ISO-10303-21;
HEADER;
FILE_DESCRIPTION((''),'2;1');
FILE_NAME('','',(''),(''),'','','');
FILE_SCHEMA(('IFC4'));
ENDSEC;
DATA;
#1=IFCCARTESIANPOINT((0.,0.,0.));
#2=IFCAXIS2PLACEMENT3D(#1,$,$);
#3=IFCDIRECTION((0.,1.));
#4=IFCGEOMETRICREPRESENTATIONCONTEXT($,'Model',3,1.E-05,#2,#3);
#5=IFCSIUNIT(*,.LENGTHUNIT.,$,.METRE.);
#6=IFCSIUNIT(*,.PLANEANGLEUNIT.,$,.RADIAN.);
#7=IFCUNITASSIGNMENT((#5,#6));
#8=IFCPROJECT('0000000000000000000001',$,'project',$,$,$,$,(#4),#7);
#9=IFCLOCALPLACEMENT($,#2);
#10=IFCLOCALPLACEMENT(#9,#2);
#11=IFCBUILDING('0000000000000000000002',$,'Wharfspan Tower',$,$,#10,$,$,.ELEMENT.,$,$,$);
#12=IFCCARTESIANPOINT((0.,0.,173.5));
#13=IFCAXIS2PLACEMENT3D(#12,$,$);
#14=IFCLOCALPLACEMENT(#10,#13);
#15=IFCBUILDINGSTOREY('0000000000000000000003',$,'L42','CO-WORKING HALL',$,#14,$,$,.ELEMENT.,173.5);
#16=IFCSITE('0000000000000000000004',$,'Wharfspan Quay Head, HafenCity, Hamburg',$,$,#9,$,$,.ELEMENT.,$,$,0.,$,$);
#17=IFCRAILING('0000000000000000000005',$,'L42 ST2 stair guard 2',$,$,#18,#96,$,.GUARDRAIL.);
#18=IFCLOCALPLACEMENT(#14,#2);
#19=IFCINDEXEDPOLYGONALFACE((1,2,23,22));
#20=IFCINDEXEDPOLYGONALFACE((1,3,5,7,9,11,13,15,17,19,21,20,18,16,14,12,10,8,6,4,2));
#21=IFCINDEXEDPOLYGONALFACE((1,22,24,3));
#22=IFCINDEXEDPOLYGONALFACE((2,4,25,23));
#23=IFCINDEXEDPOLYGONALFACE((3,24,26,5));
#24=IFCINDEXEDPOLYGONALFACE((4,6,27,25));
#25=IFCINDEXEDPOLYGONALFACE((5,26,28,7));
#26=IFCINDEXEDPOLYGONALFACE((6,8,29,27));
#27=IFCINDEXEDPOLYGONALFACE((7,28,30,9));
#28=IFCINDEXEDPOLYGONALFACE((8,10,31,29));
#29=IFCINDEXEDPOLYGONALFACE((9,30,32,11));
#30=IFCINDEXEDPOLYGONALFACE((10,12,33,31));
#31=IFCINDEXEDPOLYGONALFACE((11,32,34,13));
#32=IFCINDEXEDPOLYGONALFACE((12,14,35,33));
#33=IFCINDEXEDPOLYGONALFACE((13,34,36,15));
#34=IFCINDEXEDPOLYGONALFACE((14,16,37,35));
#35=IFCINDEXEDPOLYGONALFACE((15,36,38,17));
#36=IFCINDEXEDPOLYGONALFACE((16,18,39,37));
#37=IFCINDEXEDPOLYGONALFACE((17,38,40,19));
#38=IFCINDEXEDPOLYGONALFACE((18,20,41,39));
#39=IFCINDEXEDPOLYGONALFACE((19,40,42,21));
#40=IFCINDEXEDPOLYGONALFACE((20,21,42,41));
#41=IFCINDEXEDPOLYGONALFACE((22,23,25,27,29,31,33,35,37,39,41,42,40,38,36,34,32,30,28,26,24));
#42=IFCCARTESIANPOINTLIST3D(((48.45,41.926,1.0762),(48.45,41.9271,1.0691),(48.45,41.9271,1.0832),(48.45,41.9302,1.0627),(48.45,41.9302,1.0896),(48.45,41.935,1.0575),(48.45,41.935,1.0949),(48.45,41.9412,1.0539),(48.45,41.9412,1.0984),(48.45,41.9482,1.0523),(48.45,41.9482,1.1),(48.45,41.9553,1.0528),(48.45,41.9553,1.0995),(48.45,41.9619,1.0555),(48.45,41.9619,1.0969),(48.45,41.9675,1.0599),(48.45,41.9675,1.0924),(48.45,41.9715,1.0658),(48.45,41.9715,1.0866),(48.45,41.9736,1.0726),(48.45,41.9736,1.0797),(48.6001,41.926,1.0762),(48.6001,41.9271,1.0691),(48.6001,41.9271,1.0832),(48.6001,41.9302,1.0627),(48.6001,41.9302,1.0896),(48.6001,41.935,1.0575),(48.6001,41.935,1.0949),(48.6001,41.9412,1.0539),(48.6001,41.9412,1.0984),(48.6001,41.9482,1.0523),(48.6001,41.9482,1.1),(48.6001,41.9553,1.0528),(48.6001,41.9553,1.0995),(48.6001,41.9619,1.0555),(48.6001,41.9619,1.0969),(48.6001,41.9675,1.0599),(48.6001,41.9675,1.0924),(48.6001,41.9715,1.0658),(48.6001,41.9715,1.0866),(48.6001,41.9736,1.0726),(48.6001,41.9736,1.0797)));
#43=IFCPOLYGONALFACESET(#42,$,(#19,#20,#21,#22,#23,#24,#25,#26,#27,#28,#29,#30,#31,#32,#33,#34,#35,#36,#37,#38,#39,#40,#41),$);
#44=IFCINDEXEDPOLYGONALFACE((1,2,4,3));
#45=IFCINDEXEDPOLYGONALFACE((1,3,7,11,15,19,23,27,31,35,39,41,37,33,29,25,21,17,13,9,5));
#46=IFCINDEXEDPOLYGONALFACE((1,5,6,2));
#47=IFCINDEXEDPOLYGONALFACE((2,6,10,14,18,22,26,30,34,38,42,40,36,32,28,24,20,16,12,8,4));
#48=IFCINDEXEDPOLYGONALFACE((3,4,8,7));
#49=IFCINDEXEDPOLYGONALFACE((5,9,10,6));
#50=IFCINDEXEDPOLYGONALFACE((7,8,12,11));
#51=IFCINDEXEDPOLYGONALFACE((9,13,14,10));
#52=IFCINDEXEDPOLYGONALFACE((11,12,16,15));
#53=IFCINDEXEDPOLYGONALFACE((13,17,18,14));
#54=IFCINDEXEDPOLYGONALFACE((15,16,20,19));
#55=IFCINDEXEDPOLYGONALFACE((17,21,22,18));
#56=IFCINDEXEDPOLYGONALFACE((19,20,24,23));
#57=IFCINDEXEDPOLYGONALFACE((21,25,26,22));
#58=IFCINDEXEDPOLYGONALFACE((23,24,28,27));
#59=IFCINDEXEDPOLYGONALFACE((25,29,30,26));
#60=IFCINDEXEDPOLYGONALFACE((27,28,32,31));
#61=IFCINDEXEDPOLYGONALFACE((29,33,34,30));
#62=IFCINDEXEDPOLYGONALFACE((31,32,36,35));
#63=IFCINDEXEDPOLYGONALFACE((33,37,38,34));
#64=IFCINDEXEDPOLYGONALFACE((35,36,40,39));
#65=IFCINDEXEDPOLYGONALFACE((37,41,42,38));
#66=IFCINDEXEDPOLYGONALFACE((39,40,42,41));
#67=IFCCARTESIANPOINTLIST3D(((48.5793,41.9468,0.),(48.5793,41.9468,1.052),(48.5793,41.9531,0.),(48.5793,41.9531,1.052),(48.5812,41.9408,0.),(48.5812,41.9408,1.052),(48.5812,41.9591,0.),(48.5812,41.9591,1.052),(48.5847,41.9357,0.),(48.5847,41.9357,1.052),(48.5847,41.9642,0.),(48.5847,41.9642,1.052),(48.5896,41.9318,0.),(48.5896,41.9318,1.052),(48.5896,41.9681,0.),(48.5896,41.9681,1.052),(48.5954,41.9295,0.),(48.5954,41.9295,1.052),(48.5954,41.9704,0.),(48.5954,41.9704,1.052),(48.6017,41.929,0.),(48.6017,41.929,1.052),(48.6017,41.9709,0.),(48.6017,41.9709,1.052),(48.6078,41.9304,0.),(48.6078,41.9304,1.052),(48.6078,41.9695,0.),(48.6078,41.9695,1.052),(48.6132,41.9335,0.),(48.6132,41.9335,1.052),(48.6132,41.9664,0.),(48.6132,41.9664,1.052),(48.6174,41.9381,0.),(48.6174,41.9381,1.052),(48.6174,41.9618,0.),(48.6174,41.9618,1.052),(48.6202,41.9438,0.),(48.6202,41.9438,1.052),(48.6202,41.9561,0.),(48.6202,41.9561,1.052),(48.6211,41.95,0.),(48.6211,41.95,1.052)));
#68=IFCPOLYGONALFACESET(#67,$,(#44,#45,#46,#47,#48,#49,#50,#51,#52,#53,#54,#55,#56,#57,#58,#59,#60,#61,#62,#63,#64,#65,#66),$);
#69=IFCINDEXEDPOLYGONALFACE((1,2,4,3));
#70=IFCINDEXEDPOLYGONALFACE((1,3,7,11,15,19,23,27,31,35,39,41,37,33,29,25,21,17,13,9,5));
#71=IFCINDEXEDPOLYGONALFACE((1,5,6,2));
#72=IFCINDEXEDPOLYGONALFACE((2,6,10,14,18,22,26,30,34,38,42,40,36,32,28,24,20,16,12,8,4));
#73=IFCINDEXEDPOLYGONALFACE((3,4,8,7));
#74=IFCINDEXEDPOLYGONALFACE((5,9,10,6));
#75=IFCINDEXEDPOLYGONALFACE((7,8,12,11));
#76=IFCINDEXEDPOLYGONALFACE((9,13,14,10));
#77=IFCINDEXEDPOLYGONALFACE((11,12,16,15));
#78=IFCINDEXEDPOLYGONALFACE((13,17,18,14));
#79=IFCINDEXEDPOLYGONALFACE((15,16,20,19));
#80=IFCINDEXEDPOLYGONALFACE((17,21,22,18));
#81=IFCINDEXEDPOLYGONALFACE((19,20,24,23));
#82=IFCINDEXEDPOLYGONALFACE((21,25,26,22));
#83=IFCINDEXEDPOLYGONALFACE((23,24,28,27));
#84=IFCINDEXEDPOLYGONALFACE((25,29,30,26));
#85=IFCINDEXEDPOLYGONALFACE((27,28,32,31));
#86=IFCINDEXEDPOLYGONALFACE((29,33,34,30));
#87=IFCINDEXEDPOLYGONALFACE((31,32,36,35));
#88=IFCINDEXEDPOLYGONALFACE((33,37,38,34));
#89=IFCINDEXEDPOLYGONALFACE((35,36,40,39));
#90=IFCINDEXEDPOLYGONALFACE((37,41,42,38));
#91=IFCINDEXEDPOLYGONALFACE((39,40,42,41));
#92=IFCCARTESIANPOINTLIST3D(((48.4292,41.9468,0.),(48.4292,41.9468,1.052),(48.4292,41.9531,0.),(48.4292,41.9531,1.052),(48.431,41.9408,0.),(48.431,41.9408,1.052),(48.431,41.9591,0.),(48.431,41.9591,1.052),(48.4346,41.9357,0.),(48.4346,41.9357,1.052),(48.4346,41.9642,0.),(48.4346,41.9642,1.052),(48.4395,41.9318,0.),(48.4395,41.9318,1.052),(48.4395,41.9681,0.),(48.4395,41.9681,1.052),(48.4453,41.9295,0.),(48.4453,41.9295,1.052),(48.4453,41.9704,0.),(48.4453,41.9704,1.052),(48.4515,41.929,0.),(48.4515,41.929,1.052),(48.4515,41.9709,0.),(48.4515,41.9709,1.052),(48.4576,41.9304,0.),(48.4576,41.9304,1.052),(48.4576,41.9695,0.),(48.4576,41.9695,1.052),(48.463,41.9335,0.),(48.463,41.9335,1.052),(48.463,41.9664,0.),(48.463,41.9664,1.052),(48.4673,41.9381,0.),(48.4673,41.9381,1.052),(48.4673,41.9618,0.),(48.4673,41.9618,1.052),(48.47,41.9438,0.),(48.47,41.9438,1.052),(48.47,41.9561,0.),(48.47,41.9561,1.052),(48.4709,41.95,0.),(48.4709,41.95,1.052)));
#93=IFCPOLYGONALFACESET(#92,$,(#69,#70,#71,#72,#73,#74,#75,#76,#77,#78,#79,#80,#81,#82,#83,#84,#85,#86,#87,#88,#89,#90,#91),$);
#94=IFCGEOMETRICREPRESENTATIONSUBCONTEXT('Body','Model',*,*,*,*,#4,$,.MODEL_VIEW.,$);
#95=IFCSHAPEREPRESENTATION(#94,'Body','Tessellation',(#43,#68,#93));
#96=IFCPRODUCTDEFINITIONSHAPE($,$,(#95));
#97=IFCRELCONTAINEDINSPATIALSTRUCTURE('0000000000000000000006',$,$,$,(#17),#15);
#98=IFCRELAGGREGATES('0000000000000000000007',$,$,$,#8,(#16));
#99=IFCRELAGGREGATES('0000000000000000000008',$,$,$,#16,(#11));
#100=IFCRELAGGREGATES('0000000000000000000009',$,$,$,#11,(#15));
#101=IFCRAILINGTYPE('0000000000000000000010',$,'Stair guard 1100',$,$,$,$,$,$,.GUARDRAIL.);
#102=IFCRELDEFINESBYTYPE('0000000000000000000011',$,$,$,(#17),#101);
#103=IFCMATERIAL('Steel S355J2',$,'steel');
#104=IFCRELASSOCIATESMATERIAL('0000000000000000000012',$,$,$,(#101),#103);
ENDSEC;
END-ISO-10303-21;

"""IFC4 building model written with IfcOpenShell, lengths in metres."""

from ifc_helpers import new_model, si_unit, direction, frame, origin, origin_2d, place, context, subcontext, project, spatial, circle, extrude, material, type_object, element, save


model = new_model("IFC4")

# Units and contexts
model_context = context("Model", 3, precision=1e-05, world=origin(), true_north=direction((0.0, 1.0)))
body_context = subcontext(model_context, "Body", "Model", "MODEL_VIEW")
ifc_project = project(units=[si_unit("LENGTHUNIT", "METRE"), si_unit("PLANEANGLEUNIT", "RADIAN")], contexts=[model_context])

# Site, building, storey
site_placement = place(None, origin())
site = spatial("IfcSite", under=ifc_project, at=site_placement, Name="Wharfspan Quay Head, HafenCity, Hamburg", CompositionType="ELEMENT", RefElevation=0.0)
building_placement = place(site_placement, origin())
building = spatial("IfcBuilding", under=site, at=building_placement, Name="Wharfspan Tower", CompositionType="ELEMENT")
storey_placement = place(building_placement, frame((0.0, 0.0, 173.5)))
storey = spatial("IfcBuildingStorey", under=building, at=storey_placement, Name="L42", Description="CO-WORKING HALL", CompositionType="ELEMENT", Elevation=173.5)

# Shared definitions
ifc_material_1 = material(Name="Steel S355J2", Category="steel")

# Railing
railing_type_1 = type_object("IfcRailingType", Name="Stair guard 1100", PredefinedType="GUARDRAIL", material=ifc_material_1)
railing_1_placement = place(storey_placement, frame((48.6001, 41.95, 0.0)))
element("IfcRailing", 1, at=railing_1_placement, inside=storey, type_object=railing_type_1, Name="L42 ST2 stair guard 2", PredefinedType="GUARDRAIL", context=body_context, shape_type="SweptSolid", body=[
    extrude(circle(Radius=0.0239, at=origin_2d()), frame((0.0, 0.0, 1.0762), z_axis=(-1.0, 0.0, 0.0), x_axis=(0.0, -1.0, 0.0)), (0.0, 0.0, 1.0), 0.1501),
    extrude(circle(Radius=0.021, at=origin_2d()), origin(), (0.0, 0.0, 1.0), 1.052),
    extrude(circle(Radius=0.021, at=origin_2d()), frame((-0.1501, 0.0, 0.0)), (0.0, 0.0, 1.0), 1.052),
])

save(model, "model.ifc")
